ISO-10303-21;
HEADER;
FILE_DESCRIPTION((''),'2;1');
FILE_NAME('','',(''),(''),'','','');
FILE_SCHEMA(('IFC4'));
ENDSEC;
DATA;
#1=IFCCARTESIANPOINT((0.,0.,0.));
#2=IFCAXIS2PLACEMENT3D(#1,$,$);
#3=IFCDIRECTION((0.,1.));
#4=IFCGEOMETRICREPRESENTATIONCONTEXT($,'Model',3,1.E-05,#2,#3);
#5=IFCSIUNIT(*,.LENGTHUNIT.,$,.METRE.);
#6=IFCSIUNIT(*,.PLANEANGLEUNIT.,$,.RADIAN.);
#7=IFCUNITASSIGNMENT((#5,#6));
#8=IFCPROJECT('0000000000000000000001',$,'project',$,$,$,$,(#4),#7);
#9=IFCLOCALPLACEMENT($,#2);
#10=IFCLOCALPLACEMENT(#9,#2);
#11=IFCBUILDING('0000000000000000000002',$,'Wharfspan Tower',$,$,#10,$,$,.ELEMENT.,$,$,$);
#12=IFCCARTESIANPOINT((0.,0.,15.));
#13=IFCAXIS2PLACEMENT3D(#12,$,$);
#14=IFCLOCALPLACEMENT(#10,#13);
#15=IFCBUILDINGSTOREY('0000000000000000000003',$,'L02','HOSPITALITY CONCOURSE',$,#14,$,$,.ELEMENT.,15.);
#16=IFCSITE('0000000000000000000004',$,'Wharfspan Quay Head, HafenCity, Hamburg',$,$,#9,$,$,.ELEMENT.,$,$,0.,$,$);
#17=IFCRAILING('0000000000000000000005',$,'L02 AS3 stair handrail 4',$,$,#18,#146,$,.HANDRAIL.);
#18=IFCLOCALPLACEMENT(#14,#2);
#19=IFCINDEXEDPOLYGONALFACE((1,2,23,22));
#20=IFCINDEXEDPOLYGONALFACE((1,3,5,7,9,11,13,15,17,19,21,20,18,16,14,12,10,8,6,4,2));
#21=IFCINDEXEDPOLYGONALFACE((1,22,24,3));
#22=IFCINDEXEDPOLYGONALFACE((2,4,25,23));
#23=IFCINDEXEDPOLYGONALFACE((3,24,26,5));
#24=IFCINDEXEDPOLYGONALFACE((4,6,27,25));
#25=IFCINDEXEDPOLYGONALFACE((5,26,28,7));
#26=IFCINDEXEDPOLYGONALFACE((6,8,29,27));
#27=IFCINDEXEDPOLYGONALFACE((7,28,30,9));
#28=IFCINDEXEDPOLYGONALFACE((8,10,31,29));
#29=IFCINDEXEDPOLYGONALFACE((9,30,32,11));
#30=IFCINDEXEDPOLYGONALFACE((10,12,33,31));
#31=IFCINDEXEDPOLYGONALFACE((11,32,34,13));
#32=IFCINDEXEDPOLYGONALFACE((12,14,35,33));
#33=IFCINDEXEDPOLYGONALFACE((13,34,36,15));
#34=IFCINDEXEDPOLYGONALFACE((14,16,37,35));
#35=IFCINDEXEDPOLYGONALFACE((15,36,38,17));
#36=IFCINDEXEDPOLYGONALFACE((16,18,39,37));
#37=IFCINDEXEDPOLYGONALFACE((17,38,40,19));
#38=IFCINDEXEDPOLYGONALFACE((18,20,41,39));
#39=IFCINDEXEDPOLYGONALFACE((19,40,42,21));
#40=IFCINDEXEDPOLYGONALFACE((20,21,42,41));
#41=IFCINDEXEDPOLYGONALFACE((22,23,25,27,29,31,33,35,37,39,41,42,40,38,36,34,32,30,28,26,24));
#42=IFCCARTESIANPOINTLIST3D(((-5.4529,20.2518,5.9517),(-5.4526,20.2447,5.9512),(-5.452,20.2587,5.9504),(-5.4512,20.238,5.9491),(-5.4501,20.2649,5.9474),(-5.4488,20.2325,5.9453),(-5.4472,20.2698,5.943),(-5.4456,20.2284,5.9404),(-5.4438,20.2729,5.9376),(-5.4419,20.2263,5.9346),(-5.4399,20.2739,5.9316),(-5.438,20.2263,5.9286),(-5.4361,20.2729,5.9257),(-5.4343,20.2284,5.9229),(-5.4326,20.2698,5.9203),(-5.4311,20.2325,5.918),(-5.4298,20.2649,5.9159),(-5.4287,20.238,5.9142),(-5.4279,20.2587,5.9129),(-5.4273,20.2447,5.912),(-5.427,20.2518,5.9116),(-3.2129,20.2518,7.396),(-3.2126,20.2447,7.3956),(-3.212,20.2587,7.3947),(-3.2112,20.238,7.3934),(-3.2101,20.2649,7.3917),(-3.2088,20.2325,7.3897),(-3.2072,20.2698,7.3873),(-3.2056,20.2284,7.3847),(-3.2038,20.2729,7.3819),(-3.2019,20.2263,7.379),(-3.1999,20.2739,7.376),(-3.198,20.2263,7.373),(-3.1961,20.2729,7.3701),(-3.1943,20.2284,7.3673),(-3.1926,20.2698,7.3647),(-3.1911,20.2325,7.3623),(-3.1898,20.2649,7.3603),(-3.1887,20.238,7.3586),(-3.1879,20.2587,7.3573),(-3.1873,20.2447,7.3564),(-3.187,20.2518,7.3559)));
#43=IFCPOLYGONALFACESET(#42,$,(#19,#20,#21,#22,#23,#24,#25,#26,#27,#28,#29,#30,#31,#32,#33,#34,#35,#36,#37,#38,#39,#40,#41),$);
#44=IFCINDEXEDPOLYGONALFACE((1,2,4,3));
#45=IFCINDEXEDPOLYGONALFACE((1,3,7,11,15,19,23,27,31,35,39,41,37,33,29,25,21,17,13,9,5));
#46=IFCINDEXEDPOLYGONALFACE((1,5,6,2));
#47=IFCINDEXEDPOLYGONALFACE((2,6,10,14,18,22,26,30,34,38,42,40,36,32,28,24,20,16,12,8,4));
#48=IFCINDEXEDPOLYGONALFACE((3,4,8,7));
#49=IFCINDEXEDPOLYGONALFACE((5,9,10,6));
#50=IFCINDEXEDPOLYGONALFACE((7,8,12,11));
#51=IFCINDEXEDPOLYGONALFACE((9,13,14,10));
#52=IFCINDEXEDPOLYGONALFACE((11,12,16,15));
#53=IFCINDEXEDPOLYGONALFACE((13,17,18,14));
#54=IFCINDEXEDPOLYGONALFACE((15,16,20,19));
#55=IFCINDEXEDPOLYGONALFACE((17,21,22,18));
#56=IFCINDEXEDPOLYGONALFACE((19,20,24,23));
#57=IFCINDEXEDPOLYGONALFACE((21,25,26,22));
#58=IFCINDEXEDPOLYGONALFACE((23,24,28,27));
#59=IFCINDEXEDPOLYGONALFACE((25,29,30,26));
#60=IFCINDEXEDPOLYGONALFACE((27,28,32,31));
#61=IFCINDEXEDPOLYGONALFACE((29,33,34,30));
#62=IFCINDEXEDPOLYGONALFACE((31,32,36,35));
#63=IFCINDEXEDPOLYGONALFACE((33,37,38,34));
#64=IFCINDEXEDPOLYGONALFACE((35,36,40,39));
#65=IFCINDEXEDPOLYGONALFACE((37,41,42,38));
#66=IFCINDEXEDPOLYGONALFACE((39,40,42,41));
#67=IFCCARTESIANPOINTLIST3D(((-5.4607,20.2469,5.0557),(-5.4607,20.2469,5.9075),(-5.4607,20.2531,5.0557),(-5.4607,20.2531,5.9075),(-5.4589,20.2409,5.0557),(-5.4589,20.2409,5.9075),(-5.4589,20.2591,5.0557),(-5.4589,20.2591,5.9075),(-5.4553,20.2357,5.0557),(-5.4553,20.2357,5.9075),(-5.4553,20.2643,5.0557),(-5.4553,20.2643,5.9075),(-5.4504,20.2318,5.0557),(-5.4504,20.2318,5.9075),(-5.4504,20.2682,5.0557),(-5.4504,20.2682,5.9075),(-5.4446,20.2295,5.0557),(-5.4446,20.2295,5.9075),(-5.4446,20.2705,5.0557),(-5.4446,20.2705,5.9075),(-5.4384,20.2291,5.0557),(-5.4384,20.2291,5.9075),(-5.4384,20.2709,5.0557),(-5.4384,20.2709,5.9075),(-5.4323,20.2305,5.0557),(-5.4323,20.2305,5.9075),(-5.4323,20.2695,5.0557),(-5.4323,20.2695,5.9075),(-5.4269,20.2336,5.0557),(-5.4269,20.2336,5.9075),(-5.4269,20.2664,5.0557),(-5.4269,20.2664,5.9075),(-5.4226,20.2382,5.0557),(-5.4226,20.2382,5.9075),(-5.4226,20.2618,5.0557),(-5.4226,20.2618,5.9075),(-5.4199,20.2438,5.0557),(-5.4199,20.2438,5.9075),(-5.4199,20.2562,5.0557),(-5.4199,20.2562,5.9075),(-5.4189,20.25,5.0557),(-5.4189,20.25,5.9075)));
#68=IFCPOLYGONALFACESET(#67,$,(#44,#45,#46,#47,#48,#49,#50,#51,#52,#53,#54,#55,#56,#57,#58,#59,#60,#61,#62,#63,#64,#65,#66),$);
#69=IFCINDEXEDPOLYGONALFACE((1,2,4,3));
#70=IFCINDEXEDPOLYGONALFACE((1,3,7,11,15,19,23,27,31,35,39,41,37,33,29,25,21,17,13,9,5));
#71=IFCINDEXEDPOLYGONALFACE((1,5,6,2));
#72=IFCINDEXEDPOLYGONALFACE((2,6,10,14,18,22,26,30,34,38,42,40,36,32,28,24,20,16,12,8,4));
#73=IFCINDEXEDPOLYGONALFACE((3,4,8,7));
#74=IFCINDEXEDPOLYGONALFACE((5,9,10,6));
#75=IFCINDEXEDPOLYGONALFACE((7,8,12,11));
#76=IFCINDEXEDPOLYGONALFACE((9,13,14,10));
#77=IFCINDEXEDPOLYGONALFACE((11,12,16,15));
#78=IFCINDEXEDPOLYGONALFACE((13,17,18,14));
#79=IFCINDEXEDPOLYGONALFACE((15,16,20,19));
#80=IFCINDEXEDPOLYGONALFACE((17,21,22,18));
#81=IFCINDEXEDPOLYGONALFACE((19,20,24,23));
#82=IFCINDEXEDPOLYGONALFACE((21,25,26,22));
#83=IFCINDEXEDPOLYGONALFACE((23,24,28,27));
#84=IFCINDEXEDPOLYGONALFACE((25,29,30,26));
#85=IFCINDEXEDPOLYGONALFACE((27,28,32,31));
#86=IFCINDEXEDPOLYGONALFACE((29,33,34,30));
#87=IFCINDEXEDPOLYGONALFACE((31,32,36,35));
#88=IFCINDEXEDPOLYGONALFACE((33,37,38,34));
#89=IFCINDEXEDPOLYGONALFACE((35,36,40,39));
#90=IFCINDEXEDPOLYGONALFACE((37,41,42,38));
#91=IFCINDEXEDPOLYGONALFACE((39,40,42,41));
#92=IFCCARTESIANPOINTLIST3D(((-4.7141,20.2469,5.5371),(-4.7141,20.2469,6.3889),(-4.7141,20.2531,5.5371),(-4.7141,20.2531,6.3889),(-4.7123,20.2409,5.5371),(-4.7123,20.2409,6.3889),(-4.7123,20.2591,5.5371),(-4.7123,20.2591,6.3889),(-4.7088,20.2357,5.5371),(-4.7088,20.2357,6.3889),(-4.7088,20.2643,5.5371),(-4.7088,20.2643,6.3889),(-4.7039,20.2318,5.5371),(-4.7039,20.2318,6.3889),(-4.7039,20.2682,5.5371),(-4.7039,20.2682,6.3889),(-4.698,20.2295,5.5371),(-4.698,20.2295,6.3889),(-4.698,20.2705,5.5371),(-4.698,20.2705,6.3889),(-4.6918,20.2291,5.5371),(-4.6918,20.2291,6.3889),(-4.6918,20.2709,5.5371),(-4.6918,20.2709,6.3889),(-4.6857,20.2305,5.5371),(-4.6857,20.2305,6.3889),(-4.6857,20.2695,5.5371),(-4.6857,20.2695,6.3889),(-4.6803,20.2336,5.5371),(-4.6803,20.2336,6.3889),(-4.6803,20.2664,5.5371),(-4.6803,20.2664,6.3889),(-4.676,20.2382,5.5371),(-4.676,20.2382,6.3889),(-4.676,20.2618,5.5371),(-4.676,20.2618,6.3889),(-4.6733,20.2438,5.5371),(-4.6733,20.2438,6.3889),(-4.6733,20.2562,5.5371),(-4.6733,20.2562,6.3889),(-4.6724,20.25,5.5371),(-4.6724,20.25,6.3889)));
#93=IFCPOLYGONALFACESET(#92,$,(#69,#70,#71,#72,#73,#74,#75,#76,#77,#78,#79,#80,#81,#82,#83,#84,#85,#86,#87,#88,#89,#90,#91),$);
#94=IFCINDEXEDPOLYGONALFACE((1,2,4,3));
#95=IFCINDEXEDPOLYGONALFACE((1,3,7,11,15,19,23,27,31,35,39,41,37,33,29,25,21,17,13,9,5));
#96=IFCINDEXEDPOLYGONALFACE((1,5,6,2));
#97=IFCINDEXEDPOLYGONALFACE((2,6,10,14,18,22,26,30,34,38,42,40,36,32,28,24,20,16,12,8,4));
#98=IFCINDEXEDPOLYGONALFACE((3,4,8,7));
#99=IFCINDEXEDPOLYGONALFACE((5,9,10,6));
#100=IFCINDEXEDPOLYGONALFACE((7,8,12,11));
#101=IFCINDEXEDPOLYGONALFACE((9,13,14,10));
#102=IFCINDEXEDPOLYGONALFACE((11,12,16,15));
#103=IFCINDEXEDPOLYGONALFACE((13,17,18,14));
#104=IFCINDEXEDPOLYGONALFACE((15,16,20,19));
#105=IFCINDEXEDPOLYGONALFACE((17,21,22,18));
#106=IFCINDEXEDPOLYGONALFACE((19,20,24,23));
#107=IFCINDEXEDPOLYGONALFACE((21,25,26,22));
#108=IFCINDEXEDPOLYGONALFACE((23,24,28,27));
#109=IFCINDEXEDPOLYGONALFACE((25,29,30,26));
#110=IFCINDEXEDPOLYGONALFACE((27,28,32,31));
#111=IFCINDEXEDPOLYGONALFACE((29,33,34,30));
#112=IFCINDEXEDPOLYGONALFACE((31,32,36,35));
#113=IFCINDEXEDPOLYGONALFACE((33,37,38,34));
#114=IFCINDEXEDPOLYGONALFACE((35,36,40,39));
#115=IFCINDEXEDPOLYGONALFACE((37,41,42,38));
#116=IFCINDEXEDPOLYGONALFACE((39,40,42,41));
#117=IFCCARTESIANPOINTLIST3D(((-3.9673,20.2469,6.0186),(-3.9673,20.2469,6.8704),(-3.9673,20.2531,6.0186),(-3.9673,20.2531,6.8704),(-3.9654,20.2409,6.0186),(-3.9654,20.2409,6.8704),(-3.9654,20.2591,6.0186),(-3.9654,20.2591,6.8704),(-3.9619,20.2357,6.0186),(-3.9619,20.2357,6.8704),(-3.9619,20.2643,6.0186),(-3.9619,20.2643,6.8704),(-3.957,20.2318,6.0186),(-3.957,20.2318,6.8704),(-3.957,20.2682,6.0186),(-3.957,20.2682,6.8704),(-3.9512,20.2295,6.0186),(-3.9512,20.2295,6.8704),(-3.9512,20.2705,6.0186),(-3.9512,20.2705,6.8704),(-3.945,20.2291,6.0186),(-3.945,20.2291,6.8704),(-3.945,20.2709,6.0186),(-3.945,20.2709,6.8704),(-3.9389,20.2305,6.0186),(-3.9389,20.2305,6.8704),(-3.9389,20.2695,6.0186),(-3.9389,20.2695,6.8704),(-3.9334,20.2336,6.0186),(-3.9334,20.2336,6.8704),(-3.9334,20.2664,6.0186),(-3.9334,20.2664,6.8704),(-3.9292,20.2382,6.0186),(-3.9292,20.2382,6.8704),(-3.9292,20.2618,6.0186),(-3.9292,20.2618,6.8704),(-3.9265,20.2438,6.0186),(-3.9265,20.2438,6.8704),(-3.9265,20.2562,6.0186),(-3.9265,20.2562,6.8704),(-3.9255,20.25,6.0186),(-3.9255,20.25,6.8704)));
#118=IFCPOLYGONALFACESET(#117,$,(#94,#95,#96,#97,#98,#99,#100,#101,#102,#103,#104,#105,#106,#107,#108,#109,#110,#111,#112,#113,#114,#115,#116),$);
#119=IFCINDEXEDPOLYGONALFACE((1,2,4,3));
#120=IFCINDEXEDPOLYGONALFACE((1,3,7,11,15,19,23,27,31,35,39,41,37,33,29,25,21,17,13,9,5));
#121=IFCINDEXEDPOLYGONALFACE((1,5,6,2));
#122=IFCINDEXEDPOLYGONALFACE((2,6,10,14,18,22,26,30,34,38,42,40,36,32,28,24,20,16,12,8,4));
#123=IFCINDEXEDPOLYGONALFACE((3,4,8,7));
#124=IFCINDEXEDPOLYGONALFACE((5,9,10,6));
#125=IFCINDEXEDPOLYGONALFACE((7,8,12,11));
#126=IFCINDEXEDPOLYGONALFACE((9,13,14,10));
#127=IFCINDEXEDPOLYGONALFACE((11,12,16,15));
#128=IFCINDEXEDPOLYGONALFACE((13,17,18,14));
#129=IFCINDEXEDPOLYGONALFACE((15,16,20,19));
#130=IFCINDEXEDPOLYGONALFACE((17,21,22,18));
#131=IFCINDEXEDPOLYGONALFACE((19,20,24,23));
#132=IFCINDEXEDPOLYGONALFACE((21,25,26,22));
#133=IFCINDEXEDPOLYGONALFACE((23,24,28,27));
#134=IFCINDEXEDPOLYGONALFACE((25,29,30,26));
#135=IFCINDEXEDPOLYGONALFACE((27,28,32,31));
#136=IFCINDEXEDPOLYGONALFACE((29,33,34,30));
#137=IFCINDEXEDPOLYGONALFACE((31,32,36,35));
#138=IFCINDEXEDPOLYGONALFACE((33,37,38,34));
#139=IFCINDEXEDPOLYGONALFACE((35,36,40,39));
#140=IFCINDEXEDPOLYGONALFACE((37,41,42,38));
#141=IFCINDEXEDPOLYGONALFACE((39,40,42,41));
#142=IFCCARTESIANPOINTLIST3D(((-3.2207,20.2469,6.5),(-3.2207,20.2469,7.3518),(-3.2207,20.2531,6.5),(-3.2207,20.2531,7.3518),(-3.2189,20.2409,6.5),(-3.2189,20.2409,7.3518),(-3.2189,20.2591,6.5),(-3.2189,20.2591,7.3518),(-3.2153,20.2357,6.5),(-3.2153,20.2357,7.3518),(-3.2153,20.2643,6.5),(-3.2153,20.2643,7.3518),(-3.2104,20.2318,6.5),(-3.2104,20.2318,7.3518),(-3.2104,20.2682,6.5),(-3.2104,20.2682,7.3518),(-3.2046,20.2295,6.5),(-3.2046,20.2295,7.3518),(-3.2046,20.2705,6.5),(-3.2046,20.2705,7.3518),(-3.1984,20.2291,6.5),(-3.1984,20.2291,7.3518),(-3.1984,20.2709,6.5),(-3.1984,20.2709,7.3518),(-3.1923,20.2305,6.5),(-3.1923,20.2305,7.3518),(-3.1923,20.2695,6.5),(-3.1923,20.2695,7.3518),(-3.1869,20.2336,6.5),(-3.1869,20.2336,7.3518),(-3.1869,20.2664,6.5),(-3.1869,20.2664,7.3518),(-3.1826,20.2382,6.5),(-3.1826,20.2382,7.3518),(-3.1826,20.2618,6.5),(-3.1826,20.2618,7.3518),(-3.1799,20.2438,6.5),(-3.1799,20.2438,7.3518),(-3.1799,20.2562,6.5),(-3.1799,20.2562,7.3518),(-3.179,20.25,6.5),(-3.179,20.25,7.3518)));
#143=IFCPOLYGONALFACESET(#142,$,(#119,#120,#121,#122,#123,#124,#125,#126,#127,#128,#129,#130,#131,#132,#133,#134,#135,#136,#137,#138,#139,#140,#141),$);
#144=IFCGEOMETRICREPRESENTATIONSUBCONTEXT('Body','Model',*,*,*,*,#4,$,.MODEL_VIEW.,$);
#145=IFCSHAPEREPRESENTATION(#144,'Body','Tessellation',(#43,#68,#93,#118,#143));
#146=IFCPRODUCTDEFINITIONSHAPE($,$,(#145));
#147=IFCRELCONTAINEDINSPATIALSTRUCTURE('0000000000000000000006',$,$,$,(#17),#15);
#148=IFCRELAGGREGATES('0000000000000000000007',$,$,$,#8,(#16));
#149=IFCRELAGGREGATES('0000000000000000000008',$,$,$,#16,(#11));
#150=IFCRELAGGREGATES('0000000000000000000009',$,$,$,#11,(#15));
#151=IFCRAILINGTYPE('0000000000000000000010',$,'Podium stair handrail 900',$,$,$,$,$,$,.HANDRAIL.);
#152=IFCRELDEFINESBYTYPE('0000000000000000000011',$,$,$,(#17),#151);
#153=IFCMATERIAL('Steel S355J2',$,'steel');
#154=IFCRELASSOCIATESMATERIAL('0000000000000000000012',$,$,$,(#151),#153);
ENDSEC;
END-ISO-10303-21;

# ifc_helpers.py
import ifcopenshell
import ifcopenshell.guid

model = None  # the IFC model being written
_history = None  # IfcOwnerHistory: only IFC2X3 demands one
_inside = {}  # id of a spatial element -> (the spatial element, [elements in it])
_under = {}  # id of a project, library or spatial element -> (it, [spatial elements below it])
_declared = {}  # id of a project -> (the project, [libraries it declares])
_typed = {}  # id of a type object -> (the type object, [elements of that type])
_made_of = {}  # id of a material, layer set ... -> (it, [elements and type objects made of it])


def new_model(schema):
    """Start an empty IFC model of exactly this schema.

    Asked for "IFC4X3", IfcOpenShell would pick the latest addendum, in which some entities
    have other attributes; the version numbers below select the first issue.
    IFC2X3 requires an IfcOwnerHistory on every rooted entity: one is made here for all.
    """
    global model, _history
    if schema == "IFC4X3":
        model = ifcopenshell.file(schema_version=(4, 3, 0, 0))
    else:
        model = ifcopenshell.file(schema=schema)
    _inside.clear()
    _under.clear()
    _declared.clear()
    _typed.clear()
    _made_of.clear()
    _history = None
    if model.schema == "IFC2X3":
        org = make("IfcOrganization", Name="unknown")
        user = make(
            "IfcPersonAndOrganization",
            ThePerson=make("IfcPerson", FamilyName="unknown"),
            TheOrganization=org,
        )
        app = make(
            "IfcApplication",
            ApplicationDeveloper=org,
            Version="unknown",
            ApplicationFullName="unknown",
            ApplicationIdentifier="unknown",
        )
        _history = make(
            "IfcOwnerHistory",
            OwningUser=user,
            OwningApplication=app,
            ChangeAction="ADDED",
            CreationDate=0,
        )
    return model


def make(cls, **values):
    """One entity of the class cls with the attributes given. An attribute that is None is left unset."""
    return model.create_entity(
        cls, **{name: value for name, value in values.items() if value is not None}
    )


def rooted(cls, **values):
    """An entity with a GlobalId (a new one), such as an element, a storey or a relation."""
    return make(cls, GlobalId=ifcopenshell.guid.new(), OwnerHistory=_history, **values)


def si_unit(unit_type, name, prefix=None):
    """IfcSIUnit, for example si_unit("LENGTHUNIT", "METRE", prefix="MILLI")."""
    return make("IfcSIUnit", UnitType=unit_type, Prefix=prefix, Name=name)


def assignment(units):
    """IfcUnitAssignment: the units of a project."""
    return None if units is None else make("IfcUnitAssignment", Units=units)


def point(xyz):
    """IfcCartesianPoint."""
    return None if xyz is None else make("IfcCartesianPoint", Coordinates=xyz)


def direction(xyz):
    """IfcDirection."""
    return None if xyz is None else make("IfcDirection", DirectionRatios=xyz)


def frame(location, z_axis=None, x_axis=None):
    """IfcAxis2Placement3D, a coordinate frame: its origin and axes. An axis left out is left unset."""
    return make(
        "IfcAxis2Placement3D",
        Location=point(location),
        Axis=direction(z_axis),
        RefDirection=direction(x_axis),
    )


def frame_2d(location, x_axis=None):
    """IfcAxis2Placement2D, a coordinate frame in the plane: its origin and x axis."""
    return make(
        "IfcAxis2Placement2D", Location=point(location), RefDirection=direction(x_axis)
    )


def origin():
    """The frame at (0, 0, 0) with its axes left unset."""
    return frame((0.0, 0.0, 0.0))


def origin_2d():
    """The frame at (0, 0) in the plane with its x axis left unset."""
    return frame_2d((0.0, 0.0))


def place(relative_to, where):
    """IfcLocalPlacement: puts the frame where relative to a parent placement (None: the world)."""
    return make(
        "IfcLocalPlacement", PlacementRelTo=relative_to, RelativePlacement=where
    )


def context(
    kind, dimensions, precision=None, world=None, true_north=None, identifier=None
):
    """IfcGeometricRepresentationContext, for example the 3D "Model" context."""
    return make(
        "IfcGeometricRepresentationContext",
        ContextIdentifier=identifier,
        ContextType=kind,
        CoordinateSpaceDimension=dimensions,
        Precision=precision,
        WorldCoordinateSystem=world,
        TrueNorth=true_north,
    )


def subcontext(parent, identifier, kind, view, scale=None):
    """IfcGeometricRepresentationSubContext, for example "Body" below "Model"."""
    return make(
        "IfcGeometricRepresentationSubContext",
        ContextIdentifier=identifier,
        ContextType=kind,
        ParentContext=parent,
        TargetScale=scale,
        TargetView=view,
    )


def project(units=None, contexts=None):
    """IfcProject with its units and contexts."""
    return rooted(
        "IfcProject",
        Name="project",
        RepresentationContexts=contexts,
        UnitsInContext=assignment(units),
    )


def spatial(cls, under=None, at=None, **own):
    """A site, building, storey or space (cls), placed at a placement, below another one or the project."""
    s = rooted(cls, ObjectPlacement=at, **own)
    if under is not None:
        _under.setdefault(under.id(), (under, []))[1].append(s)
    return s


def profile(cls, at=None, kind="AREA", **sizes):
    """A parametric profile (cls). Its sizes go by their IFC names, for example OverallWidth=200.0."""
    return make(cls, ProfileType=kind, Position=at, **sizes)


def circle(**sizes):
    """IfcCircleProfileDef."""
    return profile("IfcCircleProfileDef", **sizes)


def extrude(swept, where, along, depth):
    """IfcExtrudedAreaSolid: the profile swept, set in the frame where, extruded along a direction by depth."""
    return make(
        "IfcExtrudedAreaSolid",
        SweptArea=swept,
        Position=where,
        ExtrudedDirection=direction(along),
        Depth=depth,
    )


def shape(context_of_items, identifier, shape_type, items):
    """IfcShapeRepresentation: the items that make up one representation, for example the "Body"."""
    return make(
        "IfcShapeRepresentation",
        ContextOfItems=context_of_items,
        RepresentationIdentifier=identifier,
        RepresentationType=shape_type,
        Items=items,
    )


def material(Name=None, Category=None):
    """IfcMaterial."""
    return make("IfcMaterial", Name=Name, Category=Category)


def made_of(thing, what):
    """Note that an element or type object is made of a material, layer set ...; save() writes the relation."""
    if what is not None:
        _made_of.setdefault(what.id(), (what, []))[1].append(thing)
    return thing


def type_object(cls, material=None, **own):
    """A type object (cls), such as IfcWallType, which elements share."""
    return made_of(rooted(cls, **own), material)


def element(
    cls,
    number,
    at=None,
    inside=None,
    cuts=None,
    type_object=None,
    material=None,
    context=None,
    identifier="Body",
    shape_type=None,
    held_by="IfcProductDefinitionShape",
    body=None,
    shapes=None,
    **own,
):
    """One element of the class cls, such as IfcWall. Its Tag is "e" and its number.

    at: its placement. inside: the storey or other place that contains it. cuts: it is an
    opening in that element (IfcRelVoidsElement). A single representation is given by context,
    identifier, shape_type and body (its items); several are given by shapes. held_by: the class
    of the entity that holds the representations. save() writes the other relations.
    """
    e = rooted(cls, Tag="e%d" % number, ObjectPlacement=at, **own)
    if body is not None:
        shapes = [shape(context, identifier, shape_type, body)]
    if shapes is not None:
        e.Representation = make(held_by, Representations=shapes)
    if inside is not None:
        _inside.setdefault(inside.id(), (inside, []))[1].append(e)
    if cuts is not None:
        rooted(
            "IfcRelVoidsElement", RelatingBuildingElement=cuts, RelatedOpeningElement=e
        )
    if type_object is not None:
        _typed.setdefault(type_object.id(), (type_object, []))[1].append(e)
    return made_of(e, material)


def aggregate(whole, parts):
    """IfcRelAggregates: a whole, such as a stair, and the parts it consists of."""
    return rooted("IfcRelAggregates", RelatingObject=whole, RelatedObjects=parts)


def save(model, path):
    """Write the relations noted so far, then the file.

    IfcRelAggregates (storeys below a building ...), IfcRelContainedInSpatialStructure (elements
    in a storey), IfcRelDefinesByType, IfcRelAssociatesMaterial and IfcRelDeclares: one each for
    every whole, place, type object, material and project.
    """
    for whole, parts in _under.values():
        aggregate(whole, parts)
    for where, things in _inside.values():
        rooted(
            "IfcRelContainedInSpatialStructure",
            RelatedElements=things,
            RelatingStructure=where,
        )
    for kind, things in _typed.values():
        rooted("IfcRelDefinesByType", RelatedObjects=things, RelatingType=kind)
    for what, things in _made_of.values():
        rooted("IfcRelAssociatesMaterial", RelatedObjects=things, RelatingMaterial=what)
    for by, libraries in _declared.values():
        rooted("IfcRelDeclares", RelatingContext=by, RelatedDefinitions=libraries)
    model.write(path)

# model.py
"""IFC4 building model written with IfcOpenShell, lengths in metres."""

from ifc_helpers import new_model, si_unit, direction, frame, origin, origin_2d, place, context, subcontext, project, spatial, circle, extrude, material, type_object, element, save


model = new_model("IFC4")

# Units and contexts
model_context = context("Model", 3, precision=1e-05, world=origin(), true_north=direction((0.0, 1.0)))
body_context = subcontext(model_context, "Body", "Model", "MODEL_VIEW")
ifc_project = project(units=[si_unit("LENGTHUNIT", "METRE"), si_unit("PLANEANGLEUNIT", "RADIAN")], contexts=[model_context])

# Site, building, storey
site_placement = place(None, origin())
site = spatial("IfcSite", under=ifc_project, at=site_placement, Name="Wharfspan Quay Head, HafenCity, Hamburg", CompositionType="ELEMENT", RefElevation=0.0)
building_placement = place(site_placement, origin())
building = spatial("IfcBuilding", under=site, at=building_placement, Name="Wharfspan Tower", CompositionType="ELEMENT")
storey_placement = place(building_placement, frame((0.0, 0.0, 15.0)))
storey = spatial("IfcBuildingStorey", under=building, at=storey_placement, Name="L02", Description="HOSPITALITY CONCOURSE", CompositionType="ELEMENT", Elevation=15.0)

# Railing
ifc_material_1 = material(Name="Steel S355J2", Category="steel")
railing_type_1 = type_object("IfcRailingType", Name="Podium stair handrail 900", PredefinedType="HANDRAIL", material=ifc_material_1)
for number, where, name in (
    (1, (-5.4399, 20.25, 5.0557), "L02 AS3 stair handrail 4"),
):
    element("IfcRailing", number, at=place(storey_placement, frame(where)), inside=storey, type_object=railing_type_1, Name=name, PredefinedType="HANDRAIL", context=body_context, shape_type="SweptSolid", body=[
        extrude(circle(Radius=0.0239, at=origin_2d()), frame((0.0, 0.0, 0.876), z_axis=(0.840437, 0.0, 0.54191), x_axis=(0.0, 1.0, 0.0)), (0.0, 0.0, 1.0), 2.6653),
        extrude(circle(Radius=0.021, at=origin_2d()), origin(), (0.0, 0.0, 1.0), 0.8518),
        extrude(circle(Radius=0.021, at=origin_2d()), frame((0.7466, 0.0, 0.4814)), (0.0, 0.0, 1.0), 0.8518),
        extrude(circle(Radius=0.021, at=origin_2d()), frame((1.4934, 0.0, 0.9629)), (0.0, 0.0, 1.0), 0.8518),
        extrude(circle(Radius=0.021, at=origin_2d()), frame((2.24, 0.0, 1.4443)), (0.0, 0.0, 1.0), 0.8518),
    ])

save(model, "model.ifc")
